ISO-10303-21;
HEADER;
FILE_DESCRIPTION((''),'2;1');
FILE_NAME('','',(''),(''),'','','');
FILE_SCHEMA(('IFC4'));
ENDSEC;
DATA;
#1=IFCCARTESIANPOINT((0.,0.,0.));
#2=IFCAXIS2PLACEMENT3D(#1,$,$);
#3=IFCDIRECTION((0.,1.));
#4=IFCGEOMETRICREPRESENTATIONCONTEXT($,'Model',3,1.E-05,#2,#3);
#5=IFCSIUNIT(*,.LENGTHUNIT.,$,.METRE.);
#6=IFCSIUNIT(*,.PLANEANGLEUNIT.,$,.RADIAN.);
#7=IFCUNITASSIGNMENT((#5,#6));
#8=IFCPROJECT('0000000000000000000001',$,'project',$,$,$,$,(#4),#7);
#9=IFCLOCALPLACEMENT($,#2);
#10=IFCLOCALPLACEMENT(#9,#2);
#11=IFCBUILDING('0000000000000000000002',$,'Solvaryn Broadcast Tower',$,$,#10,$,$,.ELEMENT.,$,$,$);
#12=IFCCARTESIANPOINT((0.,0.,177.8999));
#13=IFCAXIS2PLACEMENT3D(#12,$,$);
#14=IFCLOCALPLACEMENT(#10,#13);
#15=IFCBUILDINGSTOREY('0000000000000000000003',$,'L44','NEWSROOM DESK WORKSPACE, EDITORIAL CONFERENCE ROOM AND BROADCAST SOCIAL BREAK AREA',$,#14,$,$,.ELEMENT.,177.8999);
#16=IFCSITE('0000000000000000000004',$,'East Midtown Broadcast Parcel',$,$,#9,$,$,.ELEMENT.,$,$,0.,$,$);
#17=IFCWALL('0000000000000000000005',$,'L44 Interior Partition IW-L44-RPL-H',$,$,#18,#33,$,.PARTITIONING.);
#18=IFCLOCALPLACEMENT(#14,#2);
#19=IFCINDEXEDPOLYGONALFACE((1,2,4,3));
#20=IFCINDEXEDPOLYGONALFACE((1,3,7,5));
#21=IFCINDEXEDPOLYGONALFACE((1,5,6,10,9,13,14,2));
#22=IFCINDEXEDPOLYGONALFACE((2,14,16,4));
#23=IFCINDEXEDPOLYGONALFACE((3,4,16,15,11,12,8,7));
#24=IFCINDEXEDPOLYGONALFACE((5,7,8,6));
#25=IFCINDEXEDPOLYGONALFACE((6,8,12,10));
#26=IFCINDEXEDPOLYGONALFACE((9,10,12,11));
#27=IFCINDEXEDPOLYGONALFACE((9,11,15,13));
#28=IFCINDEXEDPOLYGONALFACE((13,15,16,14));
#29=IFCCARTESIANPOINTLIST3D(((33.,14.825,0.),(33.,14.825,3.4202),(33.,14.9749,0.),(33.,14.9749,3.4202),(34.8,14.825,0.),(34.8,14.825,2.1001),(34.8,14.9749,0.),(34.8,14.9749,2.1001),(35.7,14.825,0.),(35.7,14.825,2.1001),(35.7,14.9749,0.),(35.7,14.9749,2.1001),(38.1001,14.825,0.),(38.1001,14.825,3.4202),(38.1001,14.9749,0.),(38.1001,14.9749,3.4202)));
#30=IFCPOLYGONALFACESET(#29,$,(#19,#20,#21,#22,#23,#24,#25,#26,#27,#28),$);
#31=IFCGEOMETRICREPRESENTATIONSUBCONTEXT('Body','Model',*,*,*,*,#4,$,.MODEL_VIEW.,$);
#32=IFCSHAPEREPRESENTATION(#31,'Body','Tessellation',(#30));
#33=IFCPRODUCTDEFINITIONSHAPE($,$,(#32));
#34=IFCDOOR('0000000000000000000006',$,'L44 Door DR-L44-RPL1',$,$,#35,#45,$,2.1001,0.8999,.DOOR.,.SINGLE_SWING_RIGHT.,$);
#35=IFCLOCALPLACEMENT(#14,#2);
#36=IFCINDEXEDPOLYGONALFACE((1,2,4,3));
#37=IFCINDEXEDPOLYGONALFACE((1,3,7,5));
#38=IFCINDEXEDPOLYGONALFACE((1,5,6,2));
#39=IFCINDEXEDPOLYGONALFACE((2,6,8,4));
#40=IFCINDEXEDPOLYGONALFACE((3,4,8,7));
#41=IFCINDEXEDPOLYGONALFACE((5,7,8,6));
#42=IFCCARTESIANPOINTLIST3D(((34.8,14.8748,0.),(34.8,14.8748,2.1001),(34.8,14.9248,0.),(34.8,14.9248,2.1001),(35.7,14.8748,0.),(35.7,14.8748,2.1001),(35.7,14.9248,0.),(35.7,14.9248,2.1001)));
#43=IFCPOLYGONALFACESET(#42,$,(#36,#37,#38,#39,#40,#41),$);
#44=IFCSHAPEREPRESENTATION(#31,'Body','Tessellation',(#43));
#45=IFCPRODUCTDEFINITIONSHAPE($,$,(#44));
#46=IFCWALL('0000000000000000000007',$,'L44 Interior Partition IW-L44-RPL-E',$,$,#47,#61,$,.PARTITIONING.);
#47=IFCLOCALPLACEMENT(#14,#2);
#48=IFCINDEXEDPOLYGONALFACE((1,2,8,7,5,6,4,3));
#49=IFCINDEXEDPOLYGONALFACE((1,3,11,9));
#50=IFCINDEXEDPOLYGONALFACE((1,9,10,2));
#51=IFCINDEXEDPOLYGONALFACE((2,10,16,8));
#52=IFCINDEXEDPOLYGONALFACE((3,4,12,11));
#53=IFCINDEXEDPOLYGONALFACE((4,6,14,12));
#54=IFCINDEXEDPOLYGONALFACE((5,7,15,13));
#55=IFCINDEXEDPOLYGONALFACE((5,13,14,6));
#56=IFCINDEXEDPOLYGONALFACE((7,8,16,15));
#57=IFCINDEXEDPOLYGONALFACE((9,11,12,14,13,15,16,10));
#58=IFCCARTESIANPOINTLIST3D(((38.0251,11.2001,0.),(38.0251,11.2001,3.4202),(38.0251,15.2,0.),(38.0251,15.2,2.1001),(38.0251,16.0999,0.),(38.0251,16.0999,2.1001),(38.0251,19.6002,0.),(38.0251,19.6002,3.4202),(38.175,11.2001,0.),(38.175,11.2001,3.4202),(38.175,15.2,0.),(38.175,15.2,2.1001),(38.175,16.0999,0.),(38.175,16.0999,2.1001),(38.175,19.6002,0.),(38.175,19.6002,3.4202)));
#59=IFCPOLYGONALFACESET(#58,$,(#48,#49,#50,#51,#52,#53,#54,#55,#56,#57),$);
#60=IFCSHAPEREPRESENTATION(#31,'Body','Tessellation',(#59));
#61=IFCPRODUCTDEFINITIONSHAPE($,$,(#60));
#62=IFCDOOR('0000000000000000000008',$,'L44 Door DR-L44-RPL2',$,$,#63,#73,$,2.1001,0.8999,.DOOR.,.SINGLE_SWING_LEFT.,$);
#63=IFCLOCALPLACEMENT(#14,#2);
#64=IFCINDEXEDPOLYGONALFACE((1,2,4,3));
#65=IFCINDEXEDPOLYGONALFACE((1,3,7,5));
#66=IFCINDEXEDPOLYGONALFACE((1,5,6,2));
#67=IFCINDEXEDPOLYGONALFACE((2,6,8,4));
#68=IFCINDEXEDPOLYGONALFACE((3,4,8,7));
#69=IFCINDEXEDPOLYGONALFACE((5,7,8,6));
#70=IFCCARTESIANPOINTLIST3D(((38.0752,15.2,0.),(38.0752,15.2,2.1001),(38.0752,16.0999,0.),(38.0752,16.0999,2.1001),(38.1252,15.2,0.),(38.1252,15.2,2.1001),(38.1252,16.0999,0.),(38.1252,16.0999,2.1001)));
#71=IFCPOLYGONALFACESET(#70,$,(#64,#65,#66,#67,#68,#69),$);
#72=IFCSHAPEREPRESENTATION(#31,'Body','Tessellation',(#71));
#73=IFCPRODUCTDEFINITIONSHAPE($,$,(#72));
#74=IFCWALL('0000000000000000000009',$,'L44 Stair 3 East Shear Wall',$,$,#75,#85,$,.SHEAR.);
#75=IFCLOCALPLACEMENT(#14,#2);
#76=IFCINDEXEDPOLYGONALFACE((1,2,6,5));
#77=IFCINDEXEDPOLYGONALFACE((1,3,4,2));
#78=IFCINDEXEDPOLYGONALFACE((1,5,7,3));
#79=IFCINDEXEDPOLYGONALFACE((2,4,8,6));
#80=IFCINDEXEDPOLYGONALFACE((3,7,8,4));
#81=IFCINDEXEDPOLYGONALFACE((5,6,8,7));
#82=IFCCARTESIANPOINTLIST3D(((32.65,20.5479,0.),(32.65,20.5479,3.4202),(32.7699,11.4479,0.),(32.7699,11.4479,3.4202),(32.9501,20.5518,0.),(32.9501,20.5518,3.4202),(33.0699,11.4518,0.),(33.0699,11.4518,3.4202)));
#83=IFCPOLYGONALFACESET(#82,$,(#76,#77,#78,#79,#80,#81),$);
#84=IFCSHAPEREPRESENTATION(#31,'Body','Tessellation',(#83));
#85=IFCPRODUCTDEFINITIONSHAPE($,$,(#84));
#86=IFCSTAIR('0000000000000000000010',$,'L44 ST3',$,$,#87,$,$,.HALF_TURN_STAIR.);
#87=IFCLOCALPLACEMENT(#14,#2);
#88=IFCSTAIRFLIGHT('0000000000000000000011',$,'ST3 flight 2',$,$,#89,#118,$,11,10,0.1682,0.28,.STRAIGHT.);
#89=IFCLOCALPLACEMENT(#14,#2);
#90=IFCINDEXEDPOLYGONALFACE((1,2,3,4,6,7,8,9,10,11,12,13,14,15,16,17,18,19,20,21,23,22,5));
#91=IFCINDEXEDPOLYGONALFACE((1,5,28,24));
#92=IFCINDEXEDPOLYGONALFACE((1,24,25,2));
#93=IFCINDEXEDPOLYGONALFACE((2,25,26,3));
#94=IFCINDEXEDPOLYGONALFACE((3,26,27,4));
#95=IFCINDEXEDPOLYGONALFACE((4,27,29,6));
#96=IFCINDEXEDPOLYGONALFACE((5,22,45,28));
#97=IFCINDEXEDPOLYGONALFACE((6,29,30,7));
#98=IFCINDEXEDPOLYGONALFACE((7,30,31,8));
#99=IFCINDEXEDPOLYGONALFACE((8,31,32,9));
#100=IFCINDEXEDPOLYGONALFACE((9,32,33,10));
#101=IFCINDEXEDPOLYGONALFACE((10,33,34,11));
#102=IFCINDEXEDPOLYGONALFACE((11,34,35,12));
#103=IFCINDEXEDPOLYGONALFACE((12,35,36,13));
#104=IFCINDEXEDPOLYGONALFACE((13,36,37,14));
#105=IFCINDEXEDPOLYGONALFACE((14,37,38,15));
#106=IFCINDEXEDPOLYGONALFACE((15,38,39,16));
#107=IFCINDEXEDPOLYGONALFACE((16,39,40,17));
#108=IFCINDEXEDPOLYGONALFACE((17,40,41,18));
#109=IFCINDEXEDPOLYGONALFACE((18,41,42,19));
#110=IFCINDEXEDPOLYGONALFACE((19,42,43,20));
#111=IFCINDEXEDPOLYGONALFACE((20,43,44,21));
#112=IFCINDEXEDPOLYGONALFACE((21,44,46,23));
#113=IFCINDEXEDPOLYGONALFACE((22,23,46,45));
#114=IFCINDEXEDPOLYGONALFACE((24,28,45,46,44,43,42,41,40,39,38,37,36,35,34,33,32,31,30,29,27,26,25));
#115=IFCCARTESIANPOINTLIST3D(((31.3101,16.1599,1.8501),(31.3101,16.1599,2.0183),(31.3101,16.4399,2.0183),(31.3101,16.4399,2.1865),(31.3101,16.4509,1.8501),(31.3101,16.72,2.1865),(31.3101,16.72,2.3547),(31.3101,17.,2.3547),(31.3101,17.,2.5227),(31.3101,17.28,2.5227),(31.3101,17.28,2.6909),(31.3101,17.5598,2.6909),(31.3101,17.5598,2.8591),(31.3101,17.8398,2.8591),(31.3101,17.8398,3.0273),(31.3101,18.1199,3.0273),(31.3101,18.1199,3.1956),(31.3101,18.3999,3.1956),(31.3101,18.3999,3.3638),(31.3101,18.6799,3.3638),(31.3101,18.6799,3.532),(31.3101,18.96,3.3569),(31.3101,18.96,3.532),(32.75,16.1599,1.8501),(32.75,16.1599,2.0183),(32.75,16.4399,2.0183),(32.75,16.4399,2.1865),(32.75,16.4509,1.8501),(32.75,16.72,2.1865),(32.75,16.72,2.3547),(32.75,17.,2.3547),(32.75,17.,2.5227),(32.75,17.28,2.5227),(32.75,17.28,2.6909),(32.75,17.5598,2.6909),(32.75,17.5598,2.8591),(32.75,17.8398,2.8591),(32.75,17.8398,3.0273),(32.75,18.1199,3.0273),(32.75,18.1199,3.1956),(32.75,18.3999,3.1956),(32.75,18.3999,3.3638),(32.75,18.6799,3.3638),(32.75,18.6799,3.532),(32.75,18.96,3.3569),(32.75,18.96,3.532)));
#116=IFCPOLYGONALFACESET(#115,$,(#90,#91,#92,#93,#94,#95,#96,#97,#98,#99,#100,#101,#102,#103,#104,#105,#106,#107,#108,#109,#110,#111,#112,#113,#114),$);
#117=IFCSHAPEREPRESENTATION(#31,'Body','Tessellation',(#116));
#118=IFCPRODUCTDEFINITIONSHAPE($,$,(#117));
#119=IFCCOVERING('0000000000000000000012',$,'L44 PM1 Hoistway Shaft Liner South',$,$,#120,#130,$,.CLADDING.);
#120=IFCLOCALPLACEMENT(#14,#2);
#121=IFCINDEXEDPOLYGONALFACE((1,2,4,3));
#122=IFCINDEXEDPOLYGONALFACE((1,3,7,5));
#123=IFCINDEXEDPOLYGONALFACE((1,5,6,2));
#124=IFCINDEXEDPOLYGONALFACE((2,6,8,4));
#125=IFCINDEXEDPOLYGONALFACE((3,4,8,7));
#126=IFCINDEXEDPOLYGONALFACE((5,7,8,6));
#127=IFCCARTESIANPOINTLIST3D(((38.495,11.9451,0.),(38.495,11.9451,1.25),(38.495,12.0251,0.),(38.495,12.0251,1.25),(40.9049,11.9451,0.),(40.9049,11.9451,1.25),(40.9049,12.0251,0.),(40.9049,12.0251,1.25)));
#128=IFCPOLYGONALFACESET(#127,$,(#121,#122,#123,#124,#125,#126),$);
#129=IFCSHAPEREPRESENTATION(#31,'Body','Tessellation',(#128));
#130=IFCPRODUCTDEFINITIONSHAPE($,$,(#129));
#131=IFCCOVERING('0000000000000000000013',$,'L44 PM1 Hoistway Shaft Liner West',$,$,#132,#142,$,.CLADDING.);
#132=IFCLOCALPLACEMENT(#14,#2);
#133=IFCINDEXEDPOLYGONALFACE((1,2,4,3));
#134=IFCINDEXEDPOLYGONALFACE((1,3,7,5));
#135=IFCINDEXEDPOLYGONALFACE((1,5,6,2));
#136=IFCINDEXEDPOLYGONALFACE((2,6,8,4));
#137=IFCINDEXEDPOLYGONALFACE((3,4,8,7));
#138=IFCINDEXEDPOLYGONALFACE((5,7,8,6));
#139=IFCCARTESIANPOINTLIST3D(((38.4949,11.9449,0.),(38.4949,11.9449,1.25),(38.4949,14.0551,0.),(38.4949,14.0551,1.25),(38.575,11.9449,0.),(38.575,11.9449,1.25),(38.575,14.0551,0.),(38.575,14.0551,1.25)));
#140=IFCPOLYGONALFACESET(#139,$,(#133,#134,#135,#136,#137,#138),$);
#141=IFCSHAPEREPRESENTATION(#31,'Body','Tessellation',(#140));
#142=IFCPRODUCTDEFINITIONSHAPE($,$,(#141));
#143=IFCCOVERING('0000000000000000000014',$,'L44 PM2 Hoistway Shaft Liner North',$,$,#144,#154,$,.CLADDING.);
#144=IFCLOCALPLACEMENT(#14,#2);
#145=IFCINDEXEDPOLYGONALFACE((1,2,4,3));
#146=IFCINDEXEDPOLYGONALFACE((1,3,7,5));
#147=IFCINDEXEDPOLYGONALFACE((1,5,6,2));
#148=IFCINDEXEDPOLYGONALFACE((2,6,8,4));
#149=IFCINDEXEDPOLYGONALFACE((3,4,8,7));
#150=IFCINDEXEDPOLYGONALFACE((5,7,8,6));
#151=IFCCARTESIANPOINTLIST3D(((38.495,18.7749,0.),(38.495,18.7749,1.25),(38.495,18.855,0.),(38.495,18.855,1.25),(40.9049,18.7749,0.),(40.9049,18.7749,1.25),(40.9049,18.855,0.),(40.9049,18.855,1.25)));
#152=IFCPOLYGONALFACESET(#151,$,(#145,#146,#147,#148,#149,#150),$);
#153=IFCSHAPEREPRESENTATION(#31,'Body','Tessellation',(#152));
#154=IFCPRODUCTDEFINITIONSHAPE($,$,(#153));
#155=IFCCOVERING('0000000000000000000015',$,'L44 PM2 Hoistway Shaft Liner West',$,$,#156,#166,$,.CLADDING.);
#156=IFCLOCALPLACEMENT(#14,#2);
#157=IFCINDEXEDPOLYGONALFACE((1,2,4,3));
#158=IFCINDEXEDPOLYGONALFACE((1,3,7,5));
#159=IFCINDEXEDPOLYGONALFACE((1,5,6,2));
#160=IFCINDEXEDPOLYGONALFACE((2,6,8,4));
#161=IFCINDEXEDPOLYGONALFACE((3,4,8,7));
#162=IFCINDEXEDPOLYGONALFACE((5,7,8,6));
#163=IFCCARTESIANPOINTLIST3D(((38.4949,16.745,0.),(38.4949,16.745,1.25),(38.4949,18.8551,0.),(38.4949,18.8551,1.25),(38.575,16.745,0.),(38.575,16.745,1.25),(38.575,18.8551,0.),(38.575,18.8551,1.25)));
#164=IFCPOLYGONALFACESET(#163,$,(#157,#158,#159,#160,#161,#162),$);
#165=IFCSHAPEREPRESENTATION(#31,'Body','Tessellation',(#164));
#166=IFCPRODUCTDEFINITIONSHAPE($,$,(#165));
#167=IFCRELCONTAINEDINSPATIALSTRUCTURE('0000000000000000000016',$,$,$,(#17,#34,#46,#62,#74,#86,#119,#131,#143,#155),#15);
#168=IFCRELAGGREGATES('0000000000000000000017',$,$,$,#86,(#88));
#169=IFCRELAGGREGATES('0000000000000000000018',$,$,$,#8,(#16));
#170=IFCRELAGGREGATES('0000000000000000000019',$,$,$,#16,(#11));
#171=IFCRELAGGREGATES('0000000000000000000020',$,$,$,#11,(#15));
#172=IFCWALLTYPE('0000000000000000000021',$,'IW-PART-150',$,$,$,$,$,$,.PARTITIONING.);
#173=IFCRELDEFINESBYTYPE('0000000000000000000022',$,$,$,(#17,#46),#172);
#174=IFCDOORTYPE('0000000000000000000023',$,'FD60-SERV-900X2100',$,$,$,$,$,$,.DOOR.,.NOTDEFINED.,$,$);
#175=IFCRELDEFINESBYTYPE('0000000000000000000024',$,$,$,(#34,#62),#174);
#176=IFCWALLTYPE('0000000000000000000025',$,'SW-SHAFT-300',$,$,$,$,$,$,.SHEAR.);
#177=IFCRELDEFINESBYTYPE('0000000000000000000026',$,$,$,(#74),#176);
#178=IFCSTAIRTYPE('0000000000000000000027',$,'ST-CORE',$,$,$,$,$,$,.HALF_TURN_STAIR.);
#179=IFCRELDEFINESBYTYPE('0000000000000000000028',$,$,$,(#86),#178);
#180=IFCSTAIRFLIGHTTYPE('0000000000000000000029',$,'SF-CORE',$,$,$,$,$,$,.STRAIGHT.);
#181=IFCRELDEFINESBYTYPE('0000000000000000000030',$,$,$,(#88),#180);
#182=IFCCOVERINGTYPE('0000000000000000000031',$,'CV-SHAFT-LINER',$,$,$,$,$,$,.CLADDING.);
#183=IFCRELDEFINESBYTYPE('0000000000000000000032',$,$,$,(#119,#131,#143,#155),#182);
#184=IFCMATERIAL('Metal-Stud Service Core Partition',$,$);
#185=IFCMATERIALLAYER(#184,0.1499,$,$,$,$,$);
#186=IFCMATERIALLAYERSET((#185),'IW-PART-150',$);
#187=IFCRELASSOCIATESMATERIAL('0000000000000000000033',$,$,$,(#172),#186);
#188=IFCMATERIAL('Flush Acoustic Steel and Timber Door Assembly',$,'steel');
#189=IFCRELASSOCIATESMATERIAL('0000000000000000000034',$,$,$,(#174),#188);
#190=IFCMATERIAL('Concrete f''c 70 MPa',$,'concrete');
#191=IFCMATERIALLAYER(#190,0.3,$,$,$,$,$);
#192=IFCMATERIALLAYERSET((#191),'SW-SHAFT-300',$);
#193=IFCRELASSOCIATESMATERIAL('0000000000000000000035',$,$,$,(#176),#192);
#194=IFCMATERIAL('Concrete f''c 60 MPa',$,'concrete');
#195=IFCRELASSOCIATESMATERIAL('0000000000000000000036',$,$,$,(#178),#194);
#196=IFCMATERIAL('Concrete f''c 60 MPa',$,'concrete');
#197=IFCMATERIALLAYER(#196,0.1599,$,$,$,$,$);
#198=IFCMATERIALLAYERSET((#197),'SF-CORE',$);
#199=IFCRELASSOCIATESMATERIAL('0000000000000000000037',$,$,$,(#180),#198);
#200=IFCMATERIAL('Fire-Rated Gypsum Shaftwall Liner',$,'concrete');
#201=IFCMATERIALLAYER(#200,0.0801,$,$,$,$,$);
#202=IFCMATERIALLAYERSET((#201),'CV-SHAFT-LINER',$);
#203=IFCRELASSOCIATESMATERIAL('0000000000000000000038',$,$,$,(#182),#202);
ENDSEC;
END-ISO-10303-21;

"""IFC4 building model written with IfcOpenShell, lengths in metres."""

from ifc_helpers import new_model, si_unit, direction, frame, frame_2d, origin, origin_2d, place, context, subcontext, project, spatial, polyline, rectangle, outline, extrude, material, layer, layer_set, type_object, element, fill, aggregate, save


model = new_model("IFC4")

# Units and contexts
model_context = context("Model", 3, precision=1e-05, world=origin(), true_north=direction((0.0, 1.0)))
body_context = subcontext(model_context, "Body", "Model", "MODEL_VIEW")
ifc_project = project(units=[si_unit("LENGTHUNIT", "METRE"), si_unit("PLANEANGLEUNIT", "RADIAN")], contexts=[model_context])

# Site, building, storey
site_placement = place(None, origin())
site = spatial("IfcSite", under=ifc_project, at=site_placement, Name="East Midtown Broadcast Parcel", CompositionType="ELEMENT", RefElevation=0.0)
building_placement = place(site_placement, origin())
building = spatial("IfcBuilding", under=site, at=building_placement, Name="Solvaryn Broadcast Tower", CompositionType="ELEMENT")
storey_placement = place(building_placement, frame((0.0, 0.0, 177.8999)))
storey = spatial("IfcBuildingStorey", under=building, at=storey_placement, Name="L44", Description="NEWSROOM DESK WORKSPACE, EDITORIAL CONFERENCE ROOM AND BROADCAST SOCIAL BREAK AREA", CompositionType="ELEMENT", Elevation=177.8999)

# Walls, openings, doors
ifc_material_1 = material(Name="Metal-Stud Service Core Partition")
ifc_layer_1 = layer(ifc_material_1, 0.1499)
ifc_layer_set_1 = layer_set([ifc_layer_1], Name="IW-PART-150")
wall_type_1 = type_object("IfcWallType", Name="IW-PART-150", PredefinedType="PARTITIONING", material=ifc_layer_set_1)
wall_1_placement = place(storey_placement, frame((33.0, 14.8999, 0.0), z_axis=(0.0, 0.0, 1.0), x_axis=(1.0, 0.0, 0.0)))
wall_1 = element("IfcWall", 1, at=wall_1_placement, inside=storey, type_object=wall_type_1, Name="L44 Interior Partition IW-L44-RPL-H", PredefinedType="PARTITIONING", context=body_context, shape_type="SweptSolid", body=[
    extrude(rectangle(XDim=5.1001, YDim=0.1499, at=frame_2d((2.55, 0.0))), origin(), (0.0, 0.0, 1.0), 3.4202),
])
opening_1_placement = place(wall_1_placement, frame((1.8, 0.0, 0.0)))
opening_1 = element("IfcOpeningElement", 2, at=opening_1_placement, cuts=wall_1, PredefinedType="OPENING", context=body_context, shape_type="SweptSolid", body=[
    extrude(rectangle(XDim=0.8999, YDim=2.1001, at=frame_2d((0.45, 1.05))), frame((0.0, 0.085, 0.0), z_axis=(0.0, -1.0, 0.0), x_axis=(1.0, 0.0, 0.0)), (0.0, 0.0, 1.0), 0.1699),
])
ifc_material_2 = material(Name="Flush Acoustic Steel and Timber Door Assembly", Category="steel")
door_type_1 = type_object("IfcDoorType", Name="FD60-SERV-900X2100", OperationType="NOTDEFINED", PredefinedType="DOOR", material=ifc_material_2)
door_1_placement = place(opening_1_placement, origin())
door_1 = element("IfcDoor", 3, at=door_1_placement, inside=storey, type_object=door_type_1, Name="L44 Door DR-L44-RPL1", OperationType="SINGLE_SWING_RIGHT", OverallHeight=2.1001, OverallWidth=0.8999, PredefinedType="DOOR", context=body_context, shape_type="SweptSolid", body=[
    extrude(rectangle(XDim=0.8999, YDim=2.1001, at=frame_2d((0.45, 1.05))), frame((0.0, 0.0249, 0.0), z_axis=(0.0, -1.0, 0.0), x_axis=(1.0, 0.0, 0.0)), (0.0, 0.0, 1.0), 0.05),
])
fill(opening_1, door_1)
wall_2_placement = place(storey_placement, frame((38.1001, 11.2, 0.0), z_axis=(0.0, 0.0, 1.0), x_axis=(0.0, 1.0, 0.0)))
wall_2 = element("IfcWall", 4, at=wall_2_placement, inside=storey, type_object=wall_type_1, Name="L44 Interior Partition IW-L44-RPL-E", PredefinedType="PARTITIONING", context=body_context, shape_type="SweptSolid", body=[
    extrude(rectangle(XDim=8.4001, YDim=0.1499, at=frame_2d((4.2002, 0.0))), origin(), (0.0, 0.0, 1.0), 3.4202),
])
opening_2_placement = place(wall_2_placement, frame((4.0, 0.0, 0.0)))
opening_2 = element("IfcOpeningElement", 5, at=opening_2_placement, cuts=wall_2, PredefinedType="OPENING", context=body_context, shape_type="SweptSolid", body=[
    extrude(rectangle(XDim=0.8999, YDim=2.1001, at=frame_2d((0.45, 1.05))), frame((0.0, 0.085, 0.0), z_axis=(0.0, -1.0, 0.0), x_axis=(1.0, 0.0, 0.0)), (0.0, 0.0, 1.0), 0.1699),
])
door_2_placement = place(opening_2_placement, origin())
door_2 = element("IfcDoor", 6, at=door_2_placement, inside=storey, type_object=door_type_1, Name="L44 Door DR-L44-RPL2", OperationType="SINGLE_SWING_LEFT", OverallHeight=2.1001, OverallWidth=0.8999, PredefinedType="DOOR", context=body_context, shape_type="SweptSolid", body=[
    extrude(rectangle(XDim=0.8999, YDim=2.1001, at=frame_2d((0.45, 1.05))), frame((0.0, 0.0249, 0.0), z_axis=(0.0, -1.0, 0.0), x_axis=(1.0, 0.0, 0.0)), (0.0, 0.0, 1.0), 0.05),
])
fill(opening_2, door_2)

# Wall
ifc_material_3 = material(Name="Concrete f'c 70 MPa", Category="concrete")
ifc_layer_2 = layer(ifc_material_3, 0.3)
ifc_layer_set_2 = layer_set([ifc_layer_2], Name="SW-SHAFT-300")
wall_type_2 = type_object("IfcWallType", Name="SW-SHAFT-300", PredefinedType="SHEAR", material=ifc_layer_set_2)
wall_3_placement = place(storey_placement, frame((32.9199, 11.45, 0.0), z_axis=(0.0, 0.0, 1.0), x_axis=(-0.013172, 0.999913, 0.0)))
element("IfcWall", 7, at=wall_3_placement, inside=storey, type_object=wall_type_2, Name="L44 Stair 3 East Shear Wall", PredefinedType="SHEAR", context=body_context, shape_type="SweptSolid", body=[
    extrude(rectangle(XDim=9.1008, YDim=0.3, at=frame_2d((4.5503, 0.0))), origin(), (0.0, 0.0, 1.0), 3.4202),
])

# Stair, stair flight
ifc_material_4 = material(Name="Concrete f'c 60 MPa", Category="concrete")
stair_type = type_object("IfcStairType", Name="ST-CORE", PredefinedType="HALF_TURN_STAIR", material=ifc_material_4)
stair_placement = place(storey_placement, origin())
stair = element("IfcStair", 8, at=stair_placement, inside=storey, type_object=stair_type, Name="L44 ST3", PredefinedType="HALF_TURN_STAIR")
ifc_material_5 = material(Name="Concrete f'c 60 MPa", Category="concrete")
ifc_layer_3 = layer(ifc_material_5, 0.1599)
ifc_layer_set_3 = layer_set([ifc_layer_3], Name="SF-CORE")
stair_flight_type = type_object("IfcStairFlightType", Name="SF-CORE", PredefinedType="STRAIGHT", material=ifc_layer_set_3)
stair_flight_placement = place(storey_placement, frame((32.03, 16.1599, 1.8501), z_axis=(0.0, 0.0, 1.0), x_axis=(0.0, 1.0, 0.0)))
stair_flight = element("IfcStairFlight", 9, at=stair_flight_placement, type_object=stair_flight_type, Name="ST3 flight 2", NumberOfRisers=11, NumberOfTreads=10, PredefinedType="STRAIGHT", RiserHeight=0.1682, TreadLength=0.28, context=body_context, shape_type="SweptSolid", body=[
    extrude(outline(polyline([(0.0, 0.0), (0.0, 0.1682), (0.28, 0.1682), (0.28, 0.3364), (0.5601, 0.3364), (0.5601, 0.5046), (0.8401, 0.5046), (0.8401, 0.6726), (1.1201, 0.6726), (1.1201, 0.8408), (1.3999, 0.8408), (1.3999, 1.009), (1.6799, 1.009), (1.6799, 1.1772), (1.96, 1.1772), (1.96, 1.3455), (2.24, 1.3455), (2.24, 1.5137), (2.52, 1.5137), (2.52, 1.6819), (2.8, 1.6819), (2.8, 1.8501), (2.8, 1.5068), (0.291, 0.0), (0.0, 0.0)])), frame((0.0, 0.72, 0.0), z_axis=(0.0, -1.0, 0.0), x_axis=(1.0, 0.0, 0.0)), (0.0, 0.0, 1.0), 1.4399),
])
aggregate(stair, [stair_flight])

# Coverings
ifc_material_6 = material(Name="Fire-Rated Gypsum Shaftwall Liner", Category="concrete")
ifc_layer_4 = layer(ifc_material_6, 0.0801)
ifc_layer_set_4 = layer_set([ifc_layer_4], Name="CV-SHAFT-LINER")
covering_type = type_object("IfcCoveringType", Name="CV-SHAFT-LINER", PredefinedType="CLADDING", material=ifc_layer_set_4)
covering_1_placement = place(storey_placement, frame((39.7, 11.9851, 0.0), z_axis=(0.0, 0.0, 1.0), x_axis=(1.0, 0.0, 0.0)))
element("IfcCovering", 10, at=covering_1_placement, inside=storey, type_object=covering_type, Name="L44 PM1 Hoistway Shaft Liner South", PredefinedType="CLADDING", context=body_context, shape_type="SweptSolid", body=[
    extrude(rectangle(XDim=2.4099, YDim=0.0801, at=origin_2d()), origin(), (0.0, 0.0, 1.0), 1.25),
])
covering_2_placement = place(storey_placement, frame((38.5349, 13.0, 0.0), z_axis=(0.0, 0.0, 1.0), x_axis=(1.0, 0.0, 0.0)))
element("IfcCovering", 11, at=covering_2_placement, inside=storey, type_object=covering_type, Name="L44 PM1 Hoistway Shaft Liner West", PredefinedType="CLADDING", context=body_context, shape_type="SweptSolid", body=[
    extrude(rectangle(XDim=0.0801, YDim=2.1101, at=origin_2d()), origin(), (0.0, 0.0, 1.0), 1.25),
])
covering_3_placement = place(storey_placement, frame((39.7, 18.8149, 0.0), z_axis=(0.0, 0.0, 1.0), x_axis=(1.0, 0.0, 0.0)))
element("IfcCovering", 12, at=covering_3_placement, inside=storey, type_object=covering_type, Name="L44 PM2 Hoistway Shaft Liner North", PredefinedType="CLADDING", context=body_context, shape_type="SweptSolid", body=[
    extrude(rectangle(XDim=2.4099, YDim=0.0801, at=origin_2d()), origin(), (0.0, 0.0, 1.0), 1.25),
])
covering_4_placement = place(storey_placement, frame((38.5349, 17.8, 0.0), z_axis=(0.0, 0.0, 1.0), x_axis=(1.0, 0.0, 0.0)))
element("IfcCovering", 13, at=covering_4_placement, inside=storey, type_object=covering_type, Name="L44 PM2 Hoistway Shaft Liner West", PredefinedType="CLADDING", context=body_context, shape_type="SweptSolid", body=[
    extrude(rectangle(XDim=0.0801, YDim=2.1101, at=origin_2d()), origin(), (0.0, 0.0, 1.0), 1.25),
])

save(model, "model.ifc")
